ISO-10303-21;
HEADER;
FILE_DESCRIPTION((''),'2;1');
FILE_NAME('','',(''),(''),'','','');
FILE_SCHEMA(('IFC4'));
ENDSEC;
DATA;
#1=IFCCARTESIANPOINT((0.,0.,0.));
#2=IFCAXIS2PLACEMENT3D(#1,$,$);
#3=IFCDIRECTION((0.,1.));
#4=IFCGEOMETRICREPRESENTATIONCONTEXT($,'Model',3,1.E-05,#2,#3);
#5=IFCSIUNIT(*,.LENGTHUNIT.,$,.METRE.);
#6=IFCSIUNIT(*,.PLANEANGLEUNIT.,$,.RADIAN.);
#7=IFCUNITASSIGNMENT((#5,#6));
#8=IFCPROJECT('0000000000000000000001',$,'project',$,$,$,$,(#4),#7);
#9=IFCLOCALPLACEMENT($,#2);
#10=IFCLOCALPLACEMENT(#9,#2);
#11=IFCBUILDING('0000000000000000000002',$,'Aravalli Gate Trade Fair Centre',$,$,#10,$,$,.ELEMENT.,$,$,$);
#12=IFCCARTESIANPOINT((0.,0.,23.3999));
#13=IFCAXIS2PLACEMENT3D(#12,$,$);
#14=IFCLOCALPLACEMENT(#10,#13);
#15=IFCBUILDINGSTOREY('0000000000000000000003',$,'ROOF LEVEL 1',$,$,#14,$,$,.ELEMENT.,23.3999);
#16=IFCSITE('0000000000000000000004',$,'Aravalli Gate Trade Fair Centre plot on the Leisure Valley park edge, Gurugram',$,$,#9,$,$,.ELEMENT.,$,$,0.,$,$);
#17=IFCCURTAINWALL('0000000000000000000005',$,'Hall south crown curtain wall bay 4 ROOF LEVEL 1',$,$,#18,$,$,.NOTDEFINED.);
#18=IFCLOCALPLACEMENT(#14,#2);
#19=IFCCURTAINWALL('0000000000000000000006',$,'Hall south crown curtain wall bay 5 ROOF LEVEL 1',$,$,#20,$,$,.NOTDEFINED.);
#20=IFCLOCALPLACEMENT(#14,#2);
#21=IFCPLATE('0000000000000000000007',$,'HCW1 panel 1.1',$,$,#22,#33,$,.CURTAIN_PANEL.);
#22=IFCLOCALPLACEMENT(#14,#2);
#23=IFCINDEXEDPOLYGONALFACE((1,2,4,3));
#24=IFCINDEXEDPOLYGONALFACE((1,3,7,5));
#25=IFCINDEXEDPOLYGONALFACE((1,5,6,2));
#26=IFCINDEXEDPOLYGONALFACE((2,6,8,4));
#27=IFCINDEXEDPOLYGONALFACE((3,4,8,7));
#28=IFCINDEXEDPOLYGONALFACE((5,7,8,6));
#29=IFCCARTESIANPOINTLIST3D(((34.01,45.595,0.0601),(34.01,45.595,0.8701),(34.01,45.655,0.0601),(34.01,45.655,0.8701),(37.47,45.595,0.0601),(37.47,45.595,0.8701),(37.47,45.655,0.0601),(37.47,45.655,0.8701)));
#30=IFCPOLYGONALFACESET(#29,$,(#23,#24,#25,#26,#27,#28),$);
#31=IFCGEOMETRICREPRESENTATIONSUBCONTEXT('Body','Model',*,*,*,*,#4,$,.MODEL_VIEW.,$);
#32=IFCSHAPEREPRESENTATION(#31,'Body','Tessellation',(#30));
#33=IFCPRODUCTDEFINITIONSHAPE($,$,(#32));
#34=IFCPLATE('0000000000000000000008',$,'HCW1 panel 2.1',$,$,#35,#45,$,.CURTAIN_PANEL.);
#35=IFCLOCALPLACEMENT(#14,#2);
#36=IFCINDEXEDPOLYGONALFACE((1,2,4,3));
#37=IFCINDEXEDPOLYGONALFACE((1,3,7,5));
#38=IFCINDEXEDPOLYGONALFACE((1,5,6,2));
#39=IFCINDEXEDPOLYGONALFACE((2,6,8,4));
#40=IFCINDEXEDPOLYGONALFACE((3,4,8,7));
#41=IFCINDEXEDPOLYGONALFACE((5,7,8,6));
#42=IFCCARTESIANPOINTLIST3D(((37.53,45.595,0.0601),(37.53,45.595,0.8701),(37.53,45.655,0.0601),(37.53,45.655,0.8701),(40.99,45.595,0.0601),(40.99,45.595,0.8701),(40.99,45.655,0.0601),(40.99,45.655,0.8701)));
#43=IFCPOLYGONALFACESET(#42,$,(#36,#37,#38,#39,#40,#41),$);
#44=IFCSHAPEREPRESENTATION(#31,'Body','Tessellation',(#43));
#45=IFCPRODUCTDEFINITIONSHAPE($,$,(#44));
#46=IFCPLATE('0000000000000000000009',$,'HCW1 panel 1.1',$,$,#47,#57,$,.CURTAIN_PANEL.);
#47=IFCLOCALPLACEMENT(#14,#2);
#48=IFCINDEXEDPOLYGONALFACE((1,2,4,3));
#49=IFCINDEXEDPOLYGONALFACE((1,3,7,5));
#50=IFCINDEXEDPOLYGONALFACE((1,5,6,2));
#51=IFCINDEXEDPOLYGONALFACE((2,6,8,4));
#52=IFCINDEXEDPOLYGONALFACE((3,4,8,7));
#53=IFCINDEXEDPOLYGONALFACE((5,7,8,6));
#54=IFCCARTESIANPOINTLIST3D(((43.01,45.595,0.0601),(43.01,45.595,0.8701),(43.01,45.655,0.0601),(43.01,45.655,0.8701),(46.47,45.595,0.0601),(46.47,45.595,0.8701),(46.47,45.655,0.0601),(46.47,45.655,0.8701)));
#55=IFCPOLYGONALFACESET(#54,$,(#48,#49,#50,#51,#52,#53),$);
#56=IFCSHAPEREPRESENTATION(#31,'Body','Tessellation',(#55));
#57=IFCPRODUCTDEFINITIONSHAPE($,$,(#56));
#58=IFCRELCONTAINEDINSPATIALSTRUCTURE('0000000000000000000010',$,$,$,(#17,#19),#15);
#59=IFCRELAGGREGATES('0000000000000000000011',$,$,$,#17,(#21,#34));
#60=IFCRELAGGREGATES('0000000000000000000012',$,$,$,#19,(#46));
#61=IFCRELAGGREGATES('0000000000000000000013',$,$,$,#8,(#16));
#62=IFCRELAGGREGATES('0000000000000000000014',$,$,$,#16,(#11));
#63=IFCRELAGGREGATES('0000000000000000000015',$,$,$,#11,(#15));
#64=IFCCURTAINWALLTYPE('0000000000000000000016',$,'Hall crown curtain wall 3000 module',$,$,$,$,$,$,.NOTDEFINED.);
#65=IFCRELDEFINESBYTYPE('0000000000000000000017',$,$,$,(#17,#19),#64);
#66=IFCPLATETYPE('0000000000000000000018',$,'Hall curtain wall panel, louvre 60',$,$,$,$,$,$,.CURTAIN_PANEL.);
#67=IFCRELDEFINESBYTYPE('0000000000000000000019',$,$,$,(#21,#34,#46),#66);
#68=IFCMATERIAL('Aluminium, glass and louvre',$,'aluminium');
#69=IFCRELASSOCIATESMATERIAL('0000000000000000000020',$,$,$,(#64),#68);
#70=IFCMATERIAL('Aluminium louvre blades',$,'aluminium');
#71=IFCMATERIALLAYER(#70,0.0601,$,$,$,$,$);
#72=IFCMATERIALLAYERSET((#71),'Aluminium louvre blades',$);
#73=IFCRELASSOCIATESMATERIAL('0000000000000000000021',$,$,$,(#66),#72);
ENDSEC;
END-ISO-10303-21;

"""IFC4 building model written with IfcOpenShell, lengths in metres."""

from ifc_helpers import new_model, si_unit, direction, frame, origin, origin_2d, place, context, subcontext, project, spatial, rectangle, extrude, material, layer, layer_set, type_object, element, aggregate, save


model = new_model("IFC4")

# Units and contexts
model_context = context("Model", 3, precision=1e-05, world=origin(), true_north=direction((0.0, 1.0)))
body_context = subcontext(model_context, "Body", "Model", "MODEL_VIEW")
ifc_project = project(units=[si_unit("LENGTHUNIT", "METRE"), si_unit("PLANEANGLEUNIT", "RADIAN")], contexts=[model_context])

# Site, building, storey
site_placement = place(None, origin())
site = spatial("IfcSite", under=ifc_project, at=site_placement, Name="Aravalli Gate Trade Fair Centre plot on the Leisure Valley park edge, Gurugram", CompositionType="ELEMENT", RefElevation=0.0)
building_placement = place(site_placement, origin())
building = spatial("IfcBuilding", under=site, at=building_placement, Name="Aravalli Gate Trade Fair Centre", CompositionType="ELEMENT")
storey_placement = place(building_placement, frame((0.0, 0.0, 23.3999)))
storey = spatial("IfcBuildingStorey", under=building, at=storey_placement, Name="ROOF LEVEL 1", CompositionType="ELEMENT", Elevation=23.3999)

# Curtain wall
ifc_material_1 = material(Name="Aluminium, glass and louvre", Category="aluminium")
curtain_wall_type = type_object("IfcCurtainWallType", Name="Hall crown curtain wall 3000 module", PredefinedType="NOTDEFINED", material=ifc_material_1)
curtain_wall_1_placement = place(storey_placement, origin())
curtain_wall_1 = element("IfcCurtainWall", 1, at=curtain_wall_1_placement, inside=storey, type_object=curtain_wall_type, Name="Hall south crown curtain wall bay 4 ROOF LEVEL 1", PredefinedType="NOTDEFINED")

# Curtain wall
curtain_wall_2_placement = place(storey_placement, origin())
curtain_wall_2 = element("IfcCurtainWall", 2, at=curtain_wall_2_placement, inside=storey, type_object=curtain_wall_type, Name="Hall south crown curtain wall bay 5 ROOF LEVEL 1", PredefinedType="NOTDEFINED")

# Plates
ifc_material_2 = material(Name="Aluminium louvre blades", Category="aluminium")
ifc_layer_1 = layer(ifc_material_2, 0.0601)
ifc_layer_set_1 = layer_set([ifc_layer_1], Name="Aluminium louvre blades")
plate_type_1 = type_object("IfcPlateType", Name="Hall curtain wall panel, louvre 60", PredefinedType="CURTAIN_PANEL", material=ifc_layer_set_1)
plate_1_placement = place(storey_placement, frame((35.74, 45.625, 0.0601), z_axis=(0.0, 0.0, 1.0), x_axis=(1.0, 0.0, 0.0)))
plate_1 = element("IfcPlate", 3, at=plate_1_placement, type_object=plate_type_1, Name="HCW1 panel 1.1", PredefinedType="CURTAIN_PANEL", context=body_context, shape_type="SweptSolid", body=[
    extrude(rectangle(XDim=3.46, YDim=0.0601, at=origin_2d()), origin(), (0.0, 0.0, 1.0), 0.8101),
])
plate_2_placement = place(storey_placement, frame((39.26, 45.625, 0.0601), z_axis=(0.0, 0.0, 1.0), x_axis=(1.0, 0.0, 0.0)))
plate_2 = element("IfcPlate", 4, at=plate_2_placement, type_object=plate_type_1, Name="HCW1 panel 2.1", PredefinedType="CURTAIN_PANEL", context=body_context, shape_type="SweptSolid", body=[
    extrude(rectangle(XDim=3.46, YDim=0.0601, at=origin_2d()), origin(), (0.0, 0.0, 1.0), 0.8101),
])
aggregate(curtain_wall_1, [plate_1, plate_2])
plate_3_placement = place(storey_placement, frame((44.74, 45.625, 0.0601), z_axis=(0.0, 0.0, 1.0), x_axis=(1.0, 0.0, 0.0)))
plate_3 = element("IfcPlate", 5, at=plate_3_placement, type_object=plate_type_1, Name="HCW1 panel 1.1", PredefinedType="CURTAIN_PANEL", context=body_context, shape_type="SweptSolid", body=[
    extrude(rectangle(XDim=3.46, YDim=0.0601, at=origin_2d()), origin(), (0.0, 0.0, 1.0), 0.8101),
])
aggregate(curtain_wall_2, [plate_3])

save(model, "model.ifc")
